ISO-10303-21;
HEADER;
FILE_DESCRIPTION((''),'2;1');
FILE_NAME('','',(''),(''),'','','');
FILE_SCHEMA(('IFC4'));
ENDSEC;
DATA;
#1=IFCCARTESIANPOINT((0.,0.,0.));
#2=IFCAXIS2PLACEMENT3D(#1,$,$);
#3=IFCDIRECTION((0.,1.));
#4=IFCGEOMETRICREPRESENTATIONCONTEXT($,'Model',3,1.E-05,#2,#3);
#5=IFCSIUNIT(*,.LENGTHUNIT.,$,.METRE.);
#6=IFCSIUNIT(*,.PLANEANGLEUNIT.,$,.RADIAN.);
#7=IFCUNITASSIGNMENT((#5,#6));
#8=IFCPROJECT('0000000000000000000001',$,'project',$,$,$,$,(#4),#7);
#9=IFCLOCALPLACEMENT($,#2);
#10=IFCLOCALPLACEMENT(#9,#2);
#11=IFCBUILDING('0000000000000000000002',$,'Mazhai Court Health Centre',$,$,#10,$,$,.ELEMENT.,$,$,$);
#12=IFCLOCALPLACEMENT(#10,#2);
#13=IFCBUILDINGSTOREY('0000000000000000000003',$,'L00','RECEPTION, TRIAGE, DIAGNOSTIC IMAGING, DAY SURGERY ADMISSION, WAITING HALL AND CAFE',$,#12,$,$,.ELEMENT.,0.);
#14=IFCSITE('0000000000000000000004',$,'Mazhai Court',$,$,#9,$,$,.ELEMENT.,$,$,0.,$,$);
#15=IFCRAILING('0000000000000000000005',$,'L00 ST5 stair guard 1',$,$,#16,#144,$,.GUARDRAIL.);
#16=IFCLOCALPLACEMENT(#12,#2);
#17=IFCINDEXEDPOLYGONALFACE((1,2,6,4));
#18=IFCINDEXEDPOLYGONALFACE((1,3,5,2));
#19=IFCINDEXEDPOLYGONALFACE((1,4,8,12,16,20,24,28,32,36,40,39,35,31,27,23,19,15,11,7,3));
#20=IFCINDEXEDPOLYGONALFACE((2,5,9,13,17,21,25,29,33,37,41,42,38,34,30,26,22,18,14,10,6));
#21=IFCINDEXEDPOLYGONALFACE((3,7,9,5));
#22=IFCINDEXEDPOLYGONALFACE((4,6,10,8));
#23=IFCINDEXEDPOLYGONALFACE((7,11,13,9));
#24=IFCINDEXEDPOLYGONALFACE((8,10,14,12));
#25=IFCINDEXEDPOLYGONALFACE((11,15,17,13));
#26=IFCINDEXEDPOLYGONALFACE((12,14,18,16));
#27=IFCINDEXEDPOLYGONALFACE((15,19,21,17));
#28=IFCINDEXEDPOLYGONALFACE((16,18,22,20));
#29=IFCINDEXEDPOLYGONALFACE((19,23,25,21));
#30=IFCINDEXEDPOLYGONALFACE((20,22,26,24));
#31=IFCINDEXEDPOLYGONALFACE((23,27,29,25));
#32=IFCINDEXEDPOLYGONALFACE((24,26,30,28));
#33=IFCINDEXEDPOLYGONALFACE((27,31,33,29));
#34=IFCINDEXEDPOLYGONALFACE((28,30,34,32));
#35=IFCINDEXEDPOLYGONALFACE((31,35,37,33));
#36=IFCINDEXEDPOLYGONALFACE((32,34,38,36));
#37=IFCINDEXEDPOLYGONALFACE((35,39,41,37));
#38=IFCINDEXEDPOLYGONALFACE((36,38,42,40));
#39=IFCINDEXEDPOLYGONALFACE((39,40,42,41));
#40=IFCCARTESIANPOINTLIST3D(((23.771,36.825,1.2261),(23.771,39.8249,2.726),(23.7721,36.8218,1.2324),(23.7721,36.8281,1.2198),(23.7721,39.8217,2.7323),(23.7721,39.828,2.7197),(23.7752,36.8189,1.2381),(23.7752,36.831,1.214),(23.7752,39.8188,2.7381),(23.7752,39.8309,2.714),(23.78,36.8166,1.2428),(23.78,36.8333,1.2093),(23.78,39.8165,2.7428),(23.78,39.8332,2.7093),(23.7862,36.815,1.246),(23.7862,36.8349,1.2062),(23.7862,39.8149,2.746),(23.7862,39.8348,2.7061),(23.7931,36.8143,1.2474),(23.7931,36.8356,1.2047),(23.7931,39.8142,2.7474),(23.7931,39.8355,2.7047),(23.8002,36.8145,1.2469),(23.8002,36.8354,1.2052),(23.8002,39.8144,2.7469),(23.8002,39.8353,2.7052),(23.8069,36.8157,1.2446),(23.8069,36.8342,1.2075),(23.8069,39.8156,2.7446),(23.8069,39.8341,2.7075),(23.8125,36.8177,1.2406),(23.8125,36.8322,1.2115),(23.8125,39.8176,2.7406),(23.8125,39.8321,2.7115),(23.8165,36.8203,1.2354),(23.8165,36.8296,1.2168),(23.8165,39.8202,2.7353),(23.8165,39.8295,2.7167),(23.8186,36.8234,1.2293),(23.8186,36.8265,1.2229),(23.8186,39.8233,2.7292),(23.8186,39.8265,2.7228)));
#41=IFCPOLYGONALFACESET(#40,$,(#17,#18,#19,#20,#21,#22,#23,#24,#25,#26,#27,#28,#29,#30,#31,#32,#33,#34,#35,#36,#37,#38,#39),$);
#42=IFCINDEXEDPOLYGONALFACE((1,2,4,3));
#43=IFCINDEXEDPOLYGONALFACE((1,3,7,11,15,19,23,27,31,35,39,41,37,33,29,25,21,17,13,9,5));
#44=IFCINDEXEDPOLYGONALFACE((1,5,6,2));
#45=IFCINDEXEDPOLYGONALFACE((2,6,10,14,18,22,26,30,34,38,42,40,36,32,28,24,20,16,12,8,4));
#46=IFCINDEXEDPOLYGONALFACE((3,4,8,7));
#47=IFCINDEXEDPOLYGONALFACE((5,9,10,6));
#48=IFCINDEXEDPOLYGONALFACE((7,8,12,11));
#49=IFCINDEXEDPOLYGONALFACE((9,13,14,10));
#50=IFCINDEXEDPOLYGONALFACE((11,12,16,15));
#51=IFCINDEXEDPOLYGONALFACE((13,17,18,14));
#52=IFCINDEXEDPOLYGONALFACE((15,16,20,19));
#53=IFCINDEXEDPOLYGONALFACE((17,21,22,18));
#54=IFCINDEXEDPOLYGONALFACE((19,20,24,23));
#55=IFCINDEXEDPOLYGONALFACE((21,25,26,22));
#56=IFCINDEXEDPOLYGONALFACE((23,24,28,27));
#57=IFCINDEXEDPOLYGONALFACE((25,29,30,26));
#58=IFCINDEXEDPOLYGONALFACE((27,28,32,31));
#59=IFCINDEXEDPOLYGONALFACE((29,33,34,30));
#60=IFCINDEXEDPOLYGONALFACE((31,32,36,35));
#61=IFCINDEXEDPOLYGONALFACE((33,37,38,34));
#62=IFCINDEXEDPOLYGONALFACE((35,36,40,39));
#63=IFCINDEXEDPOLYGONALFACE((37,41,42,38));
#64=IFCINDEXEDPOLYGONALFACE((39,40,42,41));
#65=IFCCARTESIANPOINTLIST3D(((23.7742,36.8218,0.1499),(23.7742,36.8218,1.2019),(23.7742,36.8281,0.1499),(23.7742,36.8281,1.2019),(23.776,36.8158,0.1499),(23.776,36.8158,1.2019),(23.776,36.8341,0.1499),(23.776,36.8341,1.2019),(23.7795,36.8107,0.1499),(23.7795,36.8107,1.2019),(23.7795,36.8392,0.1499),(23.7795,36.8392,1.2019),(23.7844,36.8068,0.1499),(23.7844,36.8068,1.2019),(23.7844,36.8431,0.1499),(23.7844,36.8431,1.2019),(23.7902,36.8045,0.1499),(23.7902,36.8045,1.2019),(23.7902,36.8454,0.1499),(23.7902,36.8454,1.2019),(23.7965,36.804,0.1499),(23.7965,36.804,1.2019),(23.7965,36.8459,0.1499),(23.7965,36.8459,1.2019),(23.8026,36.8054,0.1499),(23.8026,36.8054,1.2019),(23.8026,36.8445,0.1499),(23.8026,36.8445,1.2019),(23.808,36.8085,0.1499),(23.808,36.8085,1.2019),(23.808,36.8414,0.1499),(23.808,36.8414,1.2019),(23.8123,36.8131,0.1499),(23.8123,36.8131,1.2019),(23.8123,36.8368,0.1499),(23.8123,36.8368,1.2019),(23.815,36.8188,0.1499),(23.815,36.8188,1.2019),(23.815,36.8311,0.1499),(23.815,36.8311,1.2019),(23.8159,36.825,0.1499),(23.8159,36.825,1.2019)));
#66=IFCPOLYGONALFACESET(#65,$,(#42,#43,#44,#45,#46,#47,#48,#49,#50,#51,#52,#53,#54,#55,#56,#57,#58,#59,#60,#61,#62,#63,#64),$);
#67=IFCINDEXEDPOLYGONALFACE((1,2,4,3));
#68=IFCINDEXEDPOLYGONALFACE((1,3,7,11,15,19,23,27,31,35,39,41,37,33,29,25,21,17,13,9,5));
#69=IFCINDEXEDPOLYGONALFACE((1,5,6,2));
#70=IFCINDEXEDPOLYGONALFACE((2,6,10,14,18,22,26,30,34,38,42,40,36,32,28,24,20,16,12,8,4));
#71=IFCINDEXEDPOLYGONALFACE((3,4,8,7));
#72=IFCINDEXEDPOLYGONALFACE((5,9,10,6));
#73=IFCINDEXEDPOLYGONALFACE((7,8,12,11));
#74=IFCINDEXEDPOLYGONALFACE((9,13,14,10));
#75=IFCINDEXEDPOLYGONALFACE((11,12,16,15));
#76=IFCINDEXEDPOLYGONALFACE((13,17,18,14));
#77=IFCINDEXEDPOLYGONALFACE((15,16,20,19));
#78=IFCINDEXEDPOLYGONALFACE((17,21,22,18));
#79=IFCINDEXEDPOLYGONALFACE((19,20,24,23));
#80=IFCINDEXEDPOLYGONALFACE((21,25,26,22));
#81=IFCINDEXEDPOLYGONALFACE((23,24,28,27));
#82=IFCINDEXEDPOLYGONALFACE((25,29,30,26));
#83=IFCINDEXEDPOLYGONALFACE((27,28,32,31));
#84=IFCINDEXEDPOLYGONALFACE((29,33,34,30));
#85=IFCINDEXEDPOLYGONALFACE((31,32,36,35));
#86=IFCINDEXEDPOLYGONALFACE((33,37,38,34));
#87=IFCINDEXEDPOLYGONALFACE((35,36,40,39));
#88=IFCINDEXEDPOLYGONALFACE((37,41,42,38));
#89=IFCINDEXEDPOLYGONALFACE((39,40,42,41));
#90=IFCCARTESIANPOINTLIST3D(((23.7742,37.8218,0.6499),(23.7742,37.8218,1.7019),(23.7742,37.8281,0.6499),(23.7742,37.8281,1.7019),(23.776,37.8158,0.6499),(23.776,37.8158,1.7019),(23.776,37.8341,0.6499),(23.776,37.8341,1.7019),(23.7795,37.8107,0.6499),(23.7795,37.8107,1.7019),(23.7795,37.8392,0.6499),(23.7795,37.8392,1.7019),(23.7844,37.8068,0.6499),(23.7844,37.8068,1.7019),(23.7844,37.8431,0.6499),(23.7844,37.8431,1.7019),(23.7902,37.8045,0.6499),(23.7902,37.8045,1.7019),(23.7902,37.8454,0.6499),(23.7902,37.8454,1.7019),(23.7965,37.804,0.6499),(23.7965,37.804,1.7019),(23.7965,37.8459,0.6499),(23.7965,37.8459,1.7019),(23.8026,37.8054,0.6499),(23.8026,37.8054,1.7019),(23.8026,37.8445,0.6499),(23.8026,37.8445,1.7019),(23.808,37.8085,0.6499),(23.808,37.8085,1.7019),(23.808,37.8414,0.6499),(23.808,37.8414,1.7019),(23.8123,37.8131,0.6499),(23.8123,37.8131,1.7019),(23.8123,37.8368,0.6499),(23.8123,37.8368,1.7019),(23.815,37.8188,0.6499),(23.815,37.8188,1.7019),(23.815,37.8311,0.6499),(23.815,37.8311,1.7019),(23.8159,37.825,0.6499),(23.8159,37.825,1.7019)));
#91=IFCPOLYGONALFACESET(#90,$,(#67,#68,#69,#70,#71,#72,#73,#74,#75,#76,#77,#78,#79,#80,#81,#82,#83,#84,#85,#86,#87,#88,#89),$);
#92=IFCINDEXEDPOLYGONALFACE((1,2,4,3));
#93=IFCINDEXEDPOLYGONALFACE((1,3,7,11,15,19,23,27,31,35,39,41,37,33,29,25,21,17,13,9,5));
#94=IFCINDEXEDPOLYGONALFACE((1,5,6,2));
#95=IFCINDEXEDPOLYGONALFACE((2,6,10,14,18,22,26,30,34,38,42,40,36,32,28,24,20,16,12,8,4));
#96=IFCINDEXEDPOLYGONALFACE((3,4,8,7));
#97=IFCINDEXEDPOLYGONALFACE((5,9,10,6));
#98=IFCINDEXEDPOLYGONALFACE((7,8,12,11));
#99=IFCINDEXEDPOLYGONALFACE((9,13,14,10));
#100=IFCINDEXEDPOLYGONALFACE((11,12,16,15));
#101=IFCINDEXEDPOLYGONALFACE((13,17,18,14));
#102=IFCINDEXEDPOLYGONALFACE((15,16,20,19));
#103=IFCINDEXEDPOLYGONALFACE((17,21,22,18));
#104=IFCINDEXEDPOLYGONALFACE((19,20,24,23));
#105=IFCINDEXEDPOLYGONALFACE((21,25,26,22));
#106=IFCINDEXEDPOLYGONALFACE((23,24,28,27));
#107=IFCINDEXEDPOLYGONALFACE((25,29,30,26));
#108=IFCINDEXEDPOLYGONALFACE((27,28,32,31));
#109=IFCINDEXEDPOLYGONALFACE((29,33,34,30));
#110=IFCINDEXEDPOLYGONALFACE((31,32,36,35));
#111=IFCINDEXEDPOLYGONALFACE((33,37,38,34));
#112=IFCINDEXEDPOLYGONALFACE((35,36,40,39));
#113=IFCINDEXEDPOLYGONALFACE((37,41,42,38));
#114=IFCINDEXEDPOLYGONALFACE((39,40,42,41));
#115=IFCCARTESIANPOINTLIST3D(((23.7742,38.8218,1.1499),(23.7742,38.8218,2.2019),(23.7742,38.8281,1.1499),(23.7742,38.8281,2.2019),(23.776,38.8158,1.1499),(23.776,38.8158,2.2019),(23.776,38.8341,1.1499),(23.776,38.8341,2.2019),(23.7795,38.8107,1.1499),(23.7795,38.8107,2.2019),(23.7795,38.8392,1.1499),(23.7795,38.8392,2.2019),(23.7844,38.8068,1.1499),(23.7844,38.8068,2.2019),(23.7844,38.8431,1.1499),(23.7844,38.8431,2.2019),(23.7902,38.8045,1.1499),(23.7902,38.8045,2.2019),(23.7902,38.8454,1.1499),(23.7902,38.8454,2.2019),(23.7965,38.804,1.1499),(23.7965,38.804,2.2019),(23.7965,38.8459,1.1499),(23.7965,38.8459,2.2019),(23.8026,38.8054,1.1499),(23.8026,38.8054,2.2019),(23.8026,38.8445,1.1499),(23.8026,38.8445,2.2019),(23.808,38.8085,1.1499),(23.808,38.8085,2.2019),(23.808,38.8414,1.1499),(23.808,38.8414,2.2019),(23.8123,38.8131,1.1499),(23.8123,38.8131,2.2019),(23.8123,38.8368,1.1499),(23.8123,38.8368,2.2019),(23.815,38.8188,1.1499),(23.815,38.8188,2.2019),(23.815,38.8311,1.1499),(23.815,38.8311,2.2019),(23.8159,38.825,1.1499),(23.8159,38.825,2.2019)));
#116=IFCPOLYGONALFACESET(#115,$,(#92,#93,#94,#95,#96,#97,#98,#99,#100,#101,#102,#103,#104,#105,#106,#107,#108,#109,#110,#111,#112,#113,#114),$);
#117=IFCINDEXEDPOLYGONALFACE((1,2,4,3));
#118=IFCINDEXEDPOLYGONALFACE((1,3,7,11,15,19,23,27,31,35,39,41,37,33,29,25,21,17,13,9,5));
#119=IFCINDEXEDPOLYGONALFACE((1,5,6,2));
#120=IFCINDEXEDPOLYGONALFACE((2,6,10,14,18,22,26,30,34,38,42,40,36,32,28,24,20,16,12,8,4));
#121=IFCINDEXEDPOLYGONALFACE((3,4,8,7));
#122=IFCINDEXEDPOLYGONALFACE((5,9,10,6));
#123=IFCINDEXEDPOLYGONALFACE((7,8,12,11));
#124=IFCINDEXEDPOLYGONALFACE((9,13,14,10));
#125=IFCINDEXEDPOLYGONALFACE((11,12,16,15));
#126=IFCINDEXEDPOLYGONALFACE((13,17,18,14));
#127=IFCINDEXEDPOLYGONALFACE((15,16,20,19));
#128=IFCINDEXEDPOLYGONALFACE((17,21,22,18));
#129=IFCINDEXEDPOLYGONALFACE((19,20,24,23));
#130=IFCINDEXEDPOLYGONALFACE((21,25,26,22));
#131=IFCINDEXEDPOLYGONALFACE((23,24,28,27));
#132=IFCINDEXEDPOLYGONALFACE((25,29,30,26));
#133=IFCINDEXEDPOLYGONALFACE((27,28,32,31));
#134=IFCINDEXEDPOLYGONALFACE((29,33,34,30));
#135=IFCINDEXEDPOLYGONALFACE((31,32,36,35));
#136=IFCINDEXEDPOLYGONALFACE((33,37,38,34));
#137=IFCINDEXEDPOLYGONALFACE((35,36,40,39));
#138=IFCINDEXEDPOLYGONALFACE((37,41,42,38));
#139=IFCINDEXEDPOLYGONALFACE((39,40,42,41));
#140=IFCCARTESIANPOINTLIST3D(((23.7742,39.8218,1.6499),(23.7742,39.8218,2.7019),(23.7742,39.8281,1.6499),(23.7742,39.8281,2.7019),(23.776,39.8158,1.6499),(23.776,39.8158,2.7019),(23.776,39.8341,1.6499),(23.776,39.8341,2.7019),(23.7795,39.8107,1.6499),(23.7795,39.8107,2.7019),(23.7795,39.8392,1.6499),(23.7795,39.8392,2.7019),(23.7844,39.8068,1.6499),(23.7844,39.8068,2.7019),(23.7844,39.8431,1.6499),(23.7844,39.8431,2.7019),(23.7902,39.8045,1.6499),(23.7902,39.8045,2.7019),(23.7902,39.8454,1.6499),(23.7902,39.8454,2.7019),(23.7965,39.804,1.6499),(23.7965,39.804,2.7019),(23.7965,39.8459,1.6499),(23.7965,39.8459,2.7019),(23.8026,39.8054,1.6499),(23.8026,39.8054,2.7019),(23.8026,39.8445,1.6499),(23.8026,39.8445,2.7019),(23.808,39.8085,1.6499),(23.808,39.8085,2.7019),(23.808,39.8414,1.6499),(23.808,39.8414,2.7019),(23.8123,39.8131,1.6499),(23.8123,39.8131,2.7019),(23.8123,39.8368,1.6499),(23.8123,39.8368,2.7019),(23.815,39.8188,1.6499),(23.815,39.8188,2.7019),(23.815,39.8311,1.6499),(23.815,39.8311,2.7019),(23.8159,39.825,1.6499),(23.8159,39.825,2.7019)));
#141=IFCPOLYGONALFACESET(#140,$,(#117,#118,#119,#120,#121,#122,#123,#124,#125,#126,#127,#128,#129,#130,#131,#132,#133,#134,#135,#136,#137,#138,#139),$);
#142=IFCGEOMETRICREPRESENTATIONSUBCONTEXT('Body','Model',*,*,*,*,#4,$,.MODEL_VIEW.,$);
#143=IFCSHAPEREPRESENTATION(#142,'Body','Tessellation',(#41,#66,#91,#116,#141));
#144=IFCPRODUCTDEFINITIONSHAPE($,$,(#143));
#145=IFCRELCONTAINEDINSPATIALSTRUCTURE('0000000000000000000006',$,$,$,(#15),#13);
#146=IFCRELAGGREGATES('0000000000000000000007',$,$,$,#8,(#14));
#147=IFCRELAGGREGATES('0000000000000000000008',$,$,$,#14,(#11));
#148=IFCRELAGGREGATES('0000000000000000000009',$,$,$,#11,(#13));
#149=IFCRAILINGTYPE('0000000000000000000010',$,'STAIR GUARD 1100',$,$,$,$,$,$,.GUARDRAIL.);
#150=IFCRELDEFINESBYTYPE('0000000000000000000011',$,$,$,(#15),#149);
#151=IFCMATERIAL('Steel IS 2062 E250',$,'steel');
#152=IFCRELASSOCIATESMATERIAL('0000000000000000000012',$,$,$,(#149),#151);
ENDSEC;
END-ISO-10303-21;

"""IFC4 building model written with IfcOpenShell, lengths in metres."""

from ifc_helpers import new_model, si_unit, direction, frame, origin, origin_2d, place, context, subcontext, project, spatial, circle, extrude, material, type_object, element, save


model = new_model("IFC4")

# Units and contexts
model_context = context("Model", 3, precision=1e-05, world=origin(), true_north=direction((0.0, 1.0)))
body_context = subcontext(model_context, "Body", "Model", "MODEL_VIEW")
ifc_project = project(units=[si_unit("LENGTHUNIT", "METRE"), si_unit("PLANEANGLEUNIT", "RADIAN")], contexts=[model_context])

# Site, building, storey
site_placement = place(None, origin())
site = spatial("IfcSite", under=ifc_project, at=site_placement, Name="Mazhai Court", CompositionType="ELEMENT", RefElevation=0.0)
building_placement = place(site_placement, origin())
building = spatial("IfcBuilding", under=site, at=building_placement, Name="Mazhai Court Health Centre", CompositionType="ELEMENT")
storey_placement = place(building_placement, origin())
storey = spatial("IfcBuildingStorey", under=building, at=storey_placement, Name="L00", Description="RECEPTION, TRIAGE, DIAGNOSTIC IMAGING, DAY SURGERY ADMISSION, WAITING HALL AND CAFE", CompositionType="ELEMENT", Elevation=0.0)

# Railing
ifc_material_1 = material(Name="Steel IS 2062 E250", Category="steel")
railing_type_1 = type_object("IfcRailingType", Name="STAIR GUARD 1100", PredefinedType="GUARDRAIL", material=ifc_material_1)
railing_1_placement = place(storey_placement, frame((23.7949, 36.825, 0.1499)))
element("IfcRailing", 1, at=railing_1_placement, inside=storey, type_object=railing_type_1, Name="L00 ST5 stair guard 1", PredefinedType="GUARDRAIL", context=body_context, shape_type="SweptSolid", body=[
    extrude(circle(Radius=0.0239, at=origin_2d()), frame((0.0, 0.0, 1.0762), z_axis=(0.0, 0.894427, 0.447214), x_axis=(-1.0, 0.0, 0.0)), (0.0, 0.0, 1.0), 3.354),
    extrude(circle(Radius=0.021, at=origin_2d()), origin(), (0.0, 0.0, 1.0), 1.052),
    extrude(circle(Radius=0.021, at=origin_2d()), frame((0.0, 1.0, 0.5)), (0.0, 0.0, 1.0), 1.052),
    extrude(circle(Radius=0.021, at=origin_2d()), frame((0.0, 2.0, 1.0)), (0.0, 0.0, 1.0), 1.052),
    extrude(circle(Radius=0.021, at=origin_2d()), frame((0.0, 3.0, 1.5)), (0.0, 0.0, 1.0), 1.052),
])

save(model, "model.ifc")
